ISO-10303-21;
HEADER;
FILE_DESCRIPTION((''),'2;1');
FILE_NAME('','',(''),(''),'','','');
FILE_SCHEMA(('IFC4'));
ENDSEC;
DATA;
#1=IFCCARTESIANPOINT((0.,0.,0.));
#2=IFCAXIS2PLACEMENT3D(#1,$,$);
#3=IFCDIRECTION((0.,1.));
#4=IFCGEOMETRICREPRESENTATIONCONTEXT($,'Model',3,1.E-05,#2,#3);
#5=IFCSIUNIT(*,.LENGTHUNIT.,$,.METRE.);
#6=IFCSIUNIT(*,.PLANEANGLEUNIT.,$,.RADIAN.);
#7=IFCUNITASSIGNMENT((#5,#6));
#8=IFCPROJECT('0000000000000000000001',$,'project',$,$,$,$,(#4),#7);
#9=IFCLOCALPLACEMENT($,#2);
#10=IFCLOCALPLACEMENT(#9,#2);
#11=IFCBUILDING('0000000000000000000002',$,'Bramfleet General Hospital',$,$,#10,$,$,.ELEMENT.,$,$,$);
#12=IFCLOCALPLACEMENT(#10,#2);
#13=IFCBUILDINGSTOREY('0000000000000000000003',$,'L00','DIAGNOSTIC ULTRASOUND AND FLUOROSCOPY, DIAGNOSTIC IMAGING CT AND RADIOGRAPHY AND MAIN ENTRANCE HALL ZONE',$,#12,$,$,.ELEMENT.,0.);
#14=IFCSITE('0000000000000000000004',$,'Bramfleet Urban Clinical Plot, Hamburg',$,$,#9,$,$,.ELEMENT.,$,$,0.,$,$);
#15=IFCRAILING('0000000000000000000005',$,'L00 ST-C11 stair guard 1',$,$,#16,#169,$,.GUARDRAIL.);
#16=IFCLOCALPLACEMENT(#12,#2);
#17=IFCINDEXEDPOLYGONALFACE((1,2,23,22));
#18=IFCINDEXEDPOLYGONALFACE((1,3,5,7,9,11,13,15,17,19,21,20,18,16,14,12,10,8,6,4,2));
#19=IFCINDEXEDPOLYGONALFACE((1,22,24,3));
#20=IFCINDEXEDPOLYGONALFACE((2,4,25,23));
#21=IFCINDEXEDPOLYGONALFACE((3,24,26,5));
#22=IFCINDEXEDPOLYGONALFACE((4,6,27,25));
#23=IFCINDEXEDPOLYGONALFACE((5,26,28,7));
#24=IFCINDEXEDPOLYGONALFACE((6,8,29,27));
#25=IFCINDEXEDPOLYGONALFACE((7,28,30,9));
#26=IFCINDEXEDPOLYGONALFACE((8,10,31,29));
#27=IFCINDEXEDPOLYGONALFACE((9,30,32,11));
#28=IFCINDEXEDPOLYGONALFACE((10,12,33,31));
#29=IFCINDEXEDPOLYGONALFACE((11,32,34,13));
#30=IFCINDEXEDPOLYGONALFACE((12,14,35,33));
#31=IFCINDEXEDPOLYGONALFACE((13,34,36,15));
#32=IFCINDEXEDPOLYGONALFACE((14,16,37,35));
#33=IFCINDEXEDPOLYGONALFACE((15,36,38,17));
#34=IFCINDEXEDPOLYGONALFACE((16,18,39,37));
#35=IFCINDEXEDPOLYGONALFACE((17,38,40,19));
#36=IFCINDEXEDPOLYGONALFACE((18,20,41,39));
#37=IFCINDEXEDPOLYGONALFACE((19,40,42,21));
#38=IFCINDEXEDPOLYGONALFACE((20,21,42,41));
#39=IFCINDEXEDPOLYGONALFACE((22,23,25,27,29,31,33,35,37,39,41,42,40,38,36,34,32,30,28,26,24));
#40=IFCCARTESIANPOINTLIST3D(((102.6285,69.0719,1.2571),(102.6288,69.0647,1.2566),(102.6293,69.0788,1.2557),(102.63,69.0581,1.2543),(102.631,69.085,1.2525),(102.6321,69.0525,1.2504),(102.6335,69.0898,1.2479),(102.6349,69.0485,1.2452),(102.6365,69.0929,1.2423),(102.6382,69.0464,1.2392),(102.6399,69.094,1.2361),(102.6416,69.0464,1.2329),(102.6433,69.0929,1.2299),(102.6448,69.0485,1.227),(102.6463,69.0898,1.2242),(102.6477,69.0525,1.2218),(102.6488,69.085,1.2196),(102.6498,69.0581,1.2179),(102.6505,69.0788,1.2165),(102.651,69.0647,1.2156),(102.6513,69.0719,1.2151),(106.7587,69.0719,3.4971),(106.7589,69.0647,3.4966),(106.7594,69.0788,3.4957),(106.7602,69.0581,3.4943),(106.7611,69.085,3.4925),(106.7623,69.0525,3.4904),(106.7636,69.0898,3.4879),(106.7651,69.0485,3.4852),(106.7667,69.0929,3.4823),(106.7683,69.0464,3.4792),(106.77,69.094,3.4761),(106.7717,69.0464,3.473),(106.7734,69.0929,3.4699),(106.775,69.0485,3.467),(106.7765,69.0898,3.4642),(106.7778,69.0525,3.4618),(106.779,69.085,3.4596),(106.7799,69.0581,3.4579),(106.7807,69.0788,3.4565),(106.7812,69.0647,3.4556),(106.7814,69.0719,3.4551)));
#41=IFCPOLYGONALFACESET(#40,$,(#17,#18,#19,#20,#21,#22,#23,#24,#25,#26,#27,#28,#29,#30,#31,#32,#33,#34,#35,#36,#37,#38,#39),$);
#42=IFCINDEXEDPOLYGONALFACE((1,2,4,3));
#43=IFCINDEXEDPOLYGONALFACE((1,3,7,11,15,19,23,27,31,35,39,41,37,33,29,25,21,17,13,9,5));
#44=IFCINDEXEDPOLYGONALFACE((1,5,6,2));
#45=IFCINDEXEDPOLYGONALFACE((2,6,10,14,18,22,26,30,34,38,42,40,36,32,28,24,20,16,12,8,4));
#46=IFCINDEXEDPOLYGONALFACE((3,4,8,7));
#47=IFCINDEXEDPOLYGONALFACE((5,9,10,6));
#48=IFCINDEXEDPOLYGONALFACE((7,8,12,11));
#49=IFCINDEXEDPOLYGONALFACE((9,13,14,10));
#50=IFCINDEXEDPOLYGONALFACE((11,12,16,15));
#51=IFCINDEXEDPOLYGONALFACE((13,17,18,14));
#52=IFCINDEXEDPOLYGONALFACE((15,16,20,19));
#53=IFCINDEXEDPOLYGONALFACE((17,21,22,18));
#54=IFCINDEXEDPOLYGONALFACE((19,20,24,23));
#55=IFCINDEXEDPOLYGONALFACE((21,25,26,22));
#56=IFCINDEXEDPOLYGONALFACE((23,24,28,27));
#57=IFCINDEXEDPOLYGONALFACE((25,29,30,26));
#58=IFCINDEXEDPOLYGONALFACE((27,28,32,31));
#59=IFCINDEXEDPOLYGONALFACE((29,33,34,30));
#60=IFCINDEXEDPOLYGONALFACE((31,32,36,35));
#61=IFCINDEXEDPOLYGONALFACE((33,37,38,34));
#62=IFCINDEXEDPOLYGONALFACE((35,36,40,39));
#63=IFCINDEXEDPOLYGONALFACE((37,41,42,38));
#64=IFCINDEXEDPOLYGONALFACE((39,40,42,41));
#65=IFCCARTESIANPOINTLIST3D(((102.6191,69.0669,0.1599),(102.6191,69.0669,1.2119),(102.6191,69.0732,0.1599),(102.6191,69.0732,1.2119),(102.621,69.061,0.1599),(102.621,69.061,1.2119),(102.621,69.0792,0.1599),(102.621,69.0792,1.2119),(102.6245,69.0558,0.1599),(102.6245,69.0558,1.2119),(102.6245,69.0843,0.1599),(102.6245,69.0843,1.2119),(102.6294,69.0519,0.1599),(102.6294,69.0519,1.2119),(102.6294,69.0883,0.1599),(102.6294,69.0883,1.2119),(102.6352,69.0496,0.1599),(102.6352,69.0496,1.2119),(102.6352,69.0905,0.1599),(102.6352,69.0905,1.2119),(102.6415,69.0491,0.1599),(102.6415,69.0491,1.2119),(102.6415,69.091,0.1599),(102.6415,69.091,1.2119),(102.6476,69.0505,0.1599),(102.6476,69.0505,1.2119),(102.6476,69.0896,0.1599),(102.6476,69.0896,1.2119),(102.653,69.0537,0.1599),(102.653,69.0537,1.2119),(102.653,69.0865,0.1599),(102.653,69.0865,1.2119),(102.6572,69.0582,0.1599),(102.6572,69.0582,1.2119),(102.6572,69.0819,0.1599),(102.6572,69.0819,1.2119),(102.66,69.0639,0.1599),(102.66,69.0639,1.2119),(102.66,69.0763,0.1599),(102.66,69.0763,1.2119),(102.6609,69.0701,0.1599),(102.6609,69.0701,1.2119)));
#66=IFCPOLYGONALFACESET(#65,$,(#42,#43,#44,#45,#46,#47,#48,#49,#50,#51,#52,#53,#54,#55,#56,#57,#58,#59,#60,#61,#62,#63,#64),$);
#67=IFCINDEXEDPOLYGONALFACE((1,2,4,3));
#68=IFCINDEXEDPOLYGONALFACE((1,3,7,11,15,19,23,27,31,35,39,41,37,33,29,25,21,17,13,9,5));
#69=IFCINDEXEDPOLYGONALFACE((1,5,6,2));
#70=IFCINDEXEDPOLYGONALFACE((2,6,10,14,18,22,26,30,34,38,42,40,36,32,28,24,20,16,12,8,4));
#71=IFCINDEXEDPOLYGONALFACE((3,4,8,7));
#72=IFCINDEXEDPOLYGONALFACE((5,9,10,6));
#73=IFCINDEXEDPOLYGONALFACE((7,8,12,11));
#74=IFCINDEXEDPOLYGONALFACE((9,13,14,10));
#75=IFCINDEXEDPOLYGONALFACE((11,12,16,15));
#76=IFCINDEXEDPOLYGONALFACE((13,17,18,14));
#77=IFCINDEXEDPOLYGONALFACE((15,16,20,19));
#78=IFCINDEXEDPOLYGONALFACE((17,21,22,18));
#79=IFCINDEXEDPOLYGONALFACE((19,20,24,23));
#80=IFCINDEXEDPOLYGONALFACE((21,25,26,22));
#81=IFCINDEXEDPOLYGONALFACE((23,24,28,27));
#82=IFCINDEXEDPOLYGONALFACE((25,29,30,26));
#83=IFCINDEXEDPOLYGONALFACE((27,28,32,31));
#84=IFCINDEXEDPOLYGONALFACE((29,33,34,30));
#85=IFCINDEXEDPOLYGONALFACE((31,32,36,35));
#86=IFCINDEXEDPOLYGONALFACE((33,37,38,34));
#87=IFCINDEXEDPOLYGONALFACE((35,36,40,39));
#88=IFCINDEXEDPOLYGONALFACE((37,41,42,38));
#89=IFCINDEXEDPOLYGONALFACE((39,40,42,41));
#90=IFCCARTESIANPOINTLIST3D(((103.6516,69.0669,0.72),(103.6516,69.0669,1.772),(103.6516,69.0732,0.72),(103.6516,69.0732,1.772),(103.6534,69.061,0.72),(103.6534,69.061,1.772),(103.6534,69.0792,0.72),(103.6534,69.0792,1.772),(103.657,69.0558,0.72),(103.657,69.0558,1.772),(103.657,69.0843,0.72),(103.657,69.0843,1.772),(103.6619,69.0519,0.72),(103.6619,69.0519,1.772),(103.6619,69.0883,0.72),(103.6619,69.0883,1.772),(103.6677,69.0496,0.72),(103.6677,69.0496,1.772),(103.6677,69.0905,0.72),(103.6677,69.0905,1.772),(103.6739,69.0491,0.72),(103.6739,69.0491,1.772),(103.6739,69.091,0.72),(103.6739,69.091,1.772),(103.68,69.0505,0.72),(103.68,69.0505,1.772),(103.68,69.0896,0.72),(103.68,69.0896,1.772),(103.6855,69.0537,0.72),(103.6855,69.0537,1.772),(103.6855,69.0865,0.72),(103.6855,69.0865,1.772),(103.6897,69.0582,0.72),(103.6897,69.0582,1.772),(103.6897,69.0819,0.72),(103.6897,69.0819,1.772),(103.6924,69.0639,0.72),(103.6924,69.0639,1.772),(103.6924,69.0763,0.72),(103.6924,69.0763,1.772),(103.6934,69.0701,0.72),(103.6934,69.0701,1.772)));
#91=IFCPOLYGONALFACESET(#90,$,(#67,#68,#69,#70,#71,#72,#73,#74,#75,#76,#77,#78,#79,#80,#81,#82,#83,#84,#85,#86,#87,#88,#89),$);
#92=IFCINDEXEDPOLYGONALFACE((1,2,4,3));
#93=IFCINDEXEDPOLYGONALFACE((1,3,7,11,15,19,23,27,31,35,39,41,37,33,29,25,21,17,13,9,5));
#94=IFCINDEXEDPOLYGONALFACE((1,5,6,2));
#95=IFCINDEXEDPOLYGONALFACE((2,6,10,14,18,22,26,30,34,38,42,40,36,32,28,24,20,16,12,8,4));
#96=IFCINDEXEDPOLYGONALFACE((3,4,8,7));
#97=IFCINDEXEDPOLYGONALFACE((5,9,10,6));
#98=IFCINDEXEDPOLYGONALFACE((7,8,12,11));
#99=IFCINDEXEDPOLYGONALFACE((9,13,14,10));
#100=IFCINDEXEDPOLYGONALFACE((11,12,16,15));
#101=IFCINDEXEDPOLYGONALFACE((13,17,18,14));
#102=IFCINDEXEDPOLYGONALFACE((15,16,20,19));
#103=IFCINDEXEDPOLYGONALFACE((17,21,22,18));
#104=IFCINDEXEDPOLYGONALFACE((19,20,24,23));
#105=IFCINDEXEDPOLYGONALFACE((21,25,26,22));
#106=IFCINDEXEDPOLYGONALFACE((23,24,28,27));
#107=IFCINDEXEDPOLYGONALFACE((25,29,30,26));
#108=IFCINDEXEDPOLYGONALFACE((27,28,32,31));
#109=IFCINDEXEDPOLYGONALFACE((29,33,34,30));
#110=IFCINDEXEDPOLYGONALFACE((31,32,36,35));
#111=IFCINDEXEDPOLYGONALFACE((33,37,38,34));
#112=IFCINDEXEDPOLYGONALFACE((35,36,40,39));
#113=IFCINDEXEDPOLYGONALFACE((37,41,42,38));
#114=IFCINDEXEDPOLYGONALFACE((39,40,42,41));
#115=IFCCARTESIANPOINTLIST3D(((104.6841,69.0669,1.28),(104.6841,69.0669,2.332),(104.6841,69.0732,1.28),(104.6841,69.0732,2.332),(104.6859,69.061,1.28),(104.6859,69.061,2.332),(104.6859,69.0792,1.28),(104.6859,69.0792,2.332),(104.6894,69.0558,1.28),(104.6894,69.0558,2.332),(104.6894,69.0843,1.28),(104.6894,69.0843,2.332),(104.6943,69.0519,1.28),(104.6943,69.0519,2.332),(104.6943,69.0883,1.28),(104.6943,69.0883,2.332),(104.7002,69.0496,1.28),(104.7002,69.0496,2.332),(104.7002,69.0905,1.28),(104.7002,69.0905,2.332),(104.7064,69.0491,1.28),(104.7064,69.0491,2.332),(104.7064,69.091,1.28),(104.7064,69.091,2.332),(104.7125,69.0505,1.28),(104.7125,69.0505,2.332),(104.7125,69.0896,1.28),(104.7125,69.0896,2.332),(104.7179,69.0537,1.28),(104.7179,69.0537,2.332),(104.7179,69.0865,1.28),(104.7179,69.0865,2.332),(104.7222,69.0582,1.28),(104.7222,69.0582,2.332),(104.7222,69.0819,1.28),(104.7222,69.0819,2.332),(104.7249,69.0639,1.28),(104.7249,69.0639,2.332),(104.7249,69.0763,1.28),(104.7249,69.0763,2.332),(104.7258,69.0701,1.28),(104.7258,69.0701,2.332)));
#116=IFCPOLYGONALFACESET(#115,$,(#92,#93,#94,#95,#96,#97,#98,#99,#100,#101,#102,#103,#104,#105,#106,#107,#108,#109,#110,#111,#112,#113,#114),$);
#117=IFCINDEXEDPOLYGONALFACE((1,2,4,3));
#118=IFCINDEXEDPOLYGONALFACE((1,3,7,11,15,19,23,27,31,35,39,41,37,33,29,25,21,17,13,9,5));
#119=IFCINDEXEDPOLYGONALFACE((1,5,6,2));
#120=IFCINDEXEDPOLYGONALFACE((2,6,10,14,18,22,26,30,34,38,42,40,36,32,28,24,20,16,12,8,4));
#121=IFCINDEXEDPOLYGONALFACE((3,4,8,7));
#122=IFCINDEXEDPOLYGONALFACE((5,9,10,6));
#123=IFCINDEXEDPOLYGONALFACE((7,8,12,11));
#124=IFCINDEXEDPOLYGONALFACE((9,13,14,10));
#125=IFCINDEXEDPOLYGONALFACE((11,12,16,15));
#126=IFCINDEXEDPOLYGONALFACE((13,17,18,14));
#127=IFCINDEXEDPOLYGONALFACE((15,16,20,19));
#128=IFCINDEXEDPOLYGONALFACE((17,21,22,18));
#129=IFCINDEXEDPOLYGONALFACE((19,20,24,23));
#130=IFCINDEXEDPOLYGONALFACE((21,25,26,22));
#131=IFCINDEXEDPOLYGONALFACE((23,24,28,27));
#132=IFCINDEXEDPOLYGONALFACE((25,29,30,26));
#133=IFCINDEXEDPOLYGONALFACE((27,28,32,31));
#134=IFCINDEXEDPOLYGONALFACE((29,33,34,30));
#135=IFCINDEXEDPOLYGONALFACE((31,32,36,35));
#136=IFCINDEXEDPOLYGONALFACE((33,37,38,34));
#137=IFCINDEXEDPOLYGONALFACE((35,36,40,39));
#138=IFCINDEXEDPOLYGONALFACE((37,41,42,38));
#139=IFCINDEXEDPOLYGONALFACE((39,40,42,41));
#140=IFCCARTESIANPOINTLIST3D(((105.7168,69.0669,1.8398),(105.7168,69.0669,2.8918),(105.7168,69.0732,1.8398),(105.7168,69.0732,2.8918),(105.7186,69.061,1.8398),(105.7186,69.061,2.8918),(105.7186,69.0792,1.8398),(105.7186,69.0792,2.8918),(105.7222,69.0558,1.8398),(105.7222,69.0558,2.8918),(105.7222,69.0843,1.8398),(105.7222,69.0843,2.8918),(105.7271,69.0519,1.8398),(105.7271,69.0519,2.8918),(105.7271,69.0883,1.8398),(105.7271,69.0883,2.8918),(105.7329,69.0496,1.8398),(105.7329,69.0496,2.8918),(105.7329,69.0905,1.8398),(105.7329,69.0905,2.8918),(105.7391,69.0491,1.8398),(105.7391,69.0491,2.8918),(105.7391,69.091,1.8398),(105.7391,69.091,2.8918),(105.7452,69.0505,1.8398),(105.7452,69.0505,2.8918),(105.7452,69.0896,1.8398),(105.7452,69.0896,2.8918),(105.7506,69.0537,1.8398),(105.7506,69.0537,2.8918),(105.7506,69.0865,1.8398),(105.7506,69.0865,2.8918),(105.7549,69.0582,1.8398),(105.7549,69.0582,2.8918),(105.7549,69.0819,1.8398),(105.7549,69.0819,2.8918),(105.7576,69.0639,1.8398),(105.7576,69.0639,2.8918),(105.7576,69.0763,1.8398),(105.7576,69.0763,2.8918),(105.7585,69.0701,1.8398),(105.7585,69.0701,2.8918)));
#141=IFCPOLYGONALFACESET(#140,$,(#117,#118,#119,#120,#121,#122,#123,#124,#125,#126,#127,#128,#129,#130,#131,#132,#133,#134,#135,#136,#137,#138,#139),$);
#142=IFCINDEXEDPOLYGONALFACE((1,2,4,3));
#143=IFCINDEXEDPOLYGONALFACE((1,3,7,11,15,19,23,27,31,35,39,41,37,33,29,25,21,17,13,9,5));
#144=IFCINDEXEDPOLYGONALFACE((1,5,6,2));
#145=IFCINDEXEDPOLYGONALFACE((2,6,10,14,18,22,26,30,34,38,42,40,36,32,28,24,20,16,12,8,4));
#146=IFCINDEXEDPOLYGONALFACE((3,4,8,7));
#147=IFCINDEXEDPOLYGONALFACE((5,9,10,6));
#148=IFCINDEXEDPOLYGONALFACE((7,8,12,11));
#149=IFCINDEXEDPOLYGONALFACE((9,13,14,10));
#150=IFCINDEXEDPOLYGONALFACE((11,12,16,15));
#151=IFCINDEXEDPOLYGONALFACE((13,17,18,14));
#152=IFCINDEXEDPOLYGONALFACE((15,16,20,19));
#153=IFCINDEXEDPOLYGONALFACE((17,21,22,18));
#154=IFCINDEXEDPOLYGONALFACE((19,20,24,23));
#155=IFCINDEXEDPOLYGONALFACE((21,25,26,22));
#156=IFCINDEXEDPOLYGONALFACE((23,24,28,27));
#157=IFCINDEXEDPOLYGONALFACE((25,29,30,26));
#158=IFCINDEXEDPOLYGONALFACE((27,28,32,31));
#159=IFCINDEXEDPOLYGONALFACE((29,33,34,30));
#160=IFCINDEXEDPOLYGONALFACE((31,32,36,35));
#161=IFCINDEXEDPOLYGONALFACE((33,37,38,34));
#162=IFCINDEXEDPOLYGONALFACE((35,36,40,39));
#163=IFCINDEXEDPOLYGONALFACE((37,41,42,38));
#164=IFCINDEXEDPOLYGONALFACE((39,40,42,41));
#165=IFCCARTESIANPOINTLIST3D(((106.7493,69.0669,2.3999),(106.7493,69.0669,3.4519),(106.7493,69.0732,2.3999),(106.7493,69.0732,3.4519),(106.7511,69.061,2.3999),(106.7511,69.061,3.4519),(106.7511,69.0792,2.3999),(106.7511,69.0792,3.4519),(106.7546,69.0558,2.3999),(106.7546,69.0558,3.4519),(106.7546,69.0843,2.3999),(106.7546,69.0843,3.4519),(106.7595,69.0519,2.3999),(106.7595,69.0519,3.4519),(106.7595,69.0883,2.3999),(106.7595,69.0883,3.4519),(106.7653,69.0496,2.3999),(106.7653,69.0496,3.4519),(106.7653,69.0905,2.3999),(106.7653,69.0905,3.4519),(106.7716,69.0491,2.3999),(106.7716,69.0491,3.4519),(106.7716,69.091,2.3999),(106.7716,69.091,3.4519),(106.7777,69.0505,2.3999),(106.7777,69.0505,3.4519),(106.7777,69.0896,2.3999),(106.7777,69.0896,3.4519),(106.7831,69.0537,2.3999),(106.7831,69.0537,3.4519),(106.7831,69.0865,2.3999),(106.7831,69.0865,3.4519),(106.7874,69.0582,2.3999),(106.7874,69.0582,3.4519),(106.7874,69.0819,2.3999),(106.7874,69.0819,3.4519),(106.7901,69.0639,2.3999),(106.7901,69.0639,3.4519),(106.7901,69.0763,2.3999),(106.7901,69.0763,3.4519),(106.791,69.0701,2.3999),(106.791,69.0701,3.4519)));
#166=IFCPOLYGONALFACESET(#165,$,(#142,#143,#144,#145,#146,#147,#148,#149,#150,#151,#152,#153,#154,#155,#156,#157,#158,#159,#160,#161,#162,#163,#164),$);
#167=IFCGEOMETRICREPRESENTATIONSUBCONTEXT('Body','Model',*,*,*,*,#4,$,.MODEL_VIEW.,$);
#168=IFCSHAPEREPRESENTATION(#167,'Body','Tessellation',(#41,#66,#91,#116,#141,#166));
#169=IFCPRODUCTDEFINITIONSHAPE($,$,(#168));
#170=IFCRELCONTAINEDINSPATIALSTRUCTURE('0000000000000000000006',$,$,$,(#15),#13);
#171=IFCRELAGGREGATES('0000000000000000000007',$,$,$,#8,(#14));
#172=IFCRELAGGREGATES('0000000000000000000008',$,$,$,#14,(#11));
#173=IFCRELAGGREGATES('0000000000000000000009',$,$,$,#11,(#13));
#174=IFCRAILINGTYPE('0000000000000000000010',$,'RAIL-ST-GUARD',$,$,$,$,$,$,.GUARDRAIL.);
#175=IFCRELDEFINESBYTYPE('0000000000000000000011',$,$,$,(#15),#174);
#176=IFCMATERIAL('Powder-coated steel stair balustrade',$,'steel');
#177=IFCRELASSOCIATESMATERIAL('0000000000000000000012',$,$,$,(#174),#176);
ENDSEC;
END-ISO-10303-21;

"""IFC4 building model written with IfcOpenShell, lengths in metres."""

from ifc_helpers import new_model, si_unit, direction, frame, origin, origin_2d, place, context, subcontext, project, spatial, circle, extrude, material, type_object, element, save


model = new_model("IFC4")

# Units and contexts
model_context = context("Model", 3, precision=1e-05, world=origin(), true_north=direction((0.0, 1.0)))
body_context = subcontext(model_context, "Body", "Model", "MODEL_VIEW")
ifc_project = project(units=[si_unit("LENGTHUNIT", "METRE"), si_unit("PLANEANGLEUNIT", "RADIAN")], contexts=[model_context])

# Site, building, storey
site_placement = place(None, origin())
site = spatial("IfcSite", under=ifc_project, at=site_placement, Name="Bramfleet Urban Clinical Plot, Hamburg", CompositionType="ELEMENT", RefElevation=0.0)
building_placement = place(site_placement, origin())
building = spatial("IfcBuilding", under=site, at=building_placement, Name="Bramfleet General Hospital", CompositionType="ELEMENT")
storey_placement = place(building_placement, origin())
storey = spatial("IfcBuildingStorey", under=building, at=storey_placement, Name="L00", Description="DIAGNOSTIC ULTRASOUND AND FLUOROSCOPY, DIAGNOSTIC IMAGING CT AND RADIOGRAPHY AND MAIN ENTRANCE HALL ZONE", CompositionType="ELEMENT", Elevation=0.0)

# Railing
ifc_material_1 = material(Name="Powder-coated steel stair balustrade", Category="steel")
railing_type_1 = type_object("IfcRailingType", Name="RAIL-ST-GUARD", PredefinedType="GUARDRAIL", material=ifc_material_1)
railing_1_placement = place(storey_placement, frame((102.6399, 69.0701, 0.1599)))
element("IfcRailing", 1, at=railing_1_placement, inside=storey, type_object=railing_type_1, Name="L00 ST-C11 stair guard 1", PredefinedType="GUARDRAIL", context=body_context, shape_type="SweptSolid", body=[
    extrude(circle(Radius=0.0239, at=origin_2d()), frame((0.0, 0.0, 1.0762), z_axis=(0.879039, 0.0, 0.47675), x_axis=(0.0, 1.0, 0.0)), (0.0, 0.0, 1.0), 4.6985),
    extrude(circle(Radius=0.021, at=origin_2d()), origin(), (0.0, 0.0, 1.0), 1.052),
    extrude(circle(Radius=0.021, at=origin_2d()), frame((1.0325, 0.0, 0.5601)), (0.0, 0.0, 1.0), 1.052),
    extrude(circle(Radius=0.021, at=origin_2d()), frame((2.0649, 0.0, 1.1201)), (0.0, 0.0, 1.0), 1.052),
    extrude(circle(Radius=0.021, at=origin_2d()), frame((3.0977, 0.0, 1.6799)), (0.0, 0.0, 1.0), 1.052),
    extrude(circle(Radius=0.021, at=origin_2d()), frame((4.1301, 0.0, 2.24)), (0.0, 0.0, 1.0), 1.052),
])

save(model, "model.ifc")
